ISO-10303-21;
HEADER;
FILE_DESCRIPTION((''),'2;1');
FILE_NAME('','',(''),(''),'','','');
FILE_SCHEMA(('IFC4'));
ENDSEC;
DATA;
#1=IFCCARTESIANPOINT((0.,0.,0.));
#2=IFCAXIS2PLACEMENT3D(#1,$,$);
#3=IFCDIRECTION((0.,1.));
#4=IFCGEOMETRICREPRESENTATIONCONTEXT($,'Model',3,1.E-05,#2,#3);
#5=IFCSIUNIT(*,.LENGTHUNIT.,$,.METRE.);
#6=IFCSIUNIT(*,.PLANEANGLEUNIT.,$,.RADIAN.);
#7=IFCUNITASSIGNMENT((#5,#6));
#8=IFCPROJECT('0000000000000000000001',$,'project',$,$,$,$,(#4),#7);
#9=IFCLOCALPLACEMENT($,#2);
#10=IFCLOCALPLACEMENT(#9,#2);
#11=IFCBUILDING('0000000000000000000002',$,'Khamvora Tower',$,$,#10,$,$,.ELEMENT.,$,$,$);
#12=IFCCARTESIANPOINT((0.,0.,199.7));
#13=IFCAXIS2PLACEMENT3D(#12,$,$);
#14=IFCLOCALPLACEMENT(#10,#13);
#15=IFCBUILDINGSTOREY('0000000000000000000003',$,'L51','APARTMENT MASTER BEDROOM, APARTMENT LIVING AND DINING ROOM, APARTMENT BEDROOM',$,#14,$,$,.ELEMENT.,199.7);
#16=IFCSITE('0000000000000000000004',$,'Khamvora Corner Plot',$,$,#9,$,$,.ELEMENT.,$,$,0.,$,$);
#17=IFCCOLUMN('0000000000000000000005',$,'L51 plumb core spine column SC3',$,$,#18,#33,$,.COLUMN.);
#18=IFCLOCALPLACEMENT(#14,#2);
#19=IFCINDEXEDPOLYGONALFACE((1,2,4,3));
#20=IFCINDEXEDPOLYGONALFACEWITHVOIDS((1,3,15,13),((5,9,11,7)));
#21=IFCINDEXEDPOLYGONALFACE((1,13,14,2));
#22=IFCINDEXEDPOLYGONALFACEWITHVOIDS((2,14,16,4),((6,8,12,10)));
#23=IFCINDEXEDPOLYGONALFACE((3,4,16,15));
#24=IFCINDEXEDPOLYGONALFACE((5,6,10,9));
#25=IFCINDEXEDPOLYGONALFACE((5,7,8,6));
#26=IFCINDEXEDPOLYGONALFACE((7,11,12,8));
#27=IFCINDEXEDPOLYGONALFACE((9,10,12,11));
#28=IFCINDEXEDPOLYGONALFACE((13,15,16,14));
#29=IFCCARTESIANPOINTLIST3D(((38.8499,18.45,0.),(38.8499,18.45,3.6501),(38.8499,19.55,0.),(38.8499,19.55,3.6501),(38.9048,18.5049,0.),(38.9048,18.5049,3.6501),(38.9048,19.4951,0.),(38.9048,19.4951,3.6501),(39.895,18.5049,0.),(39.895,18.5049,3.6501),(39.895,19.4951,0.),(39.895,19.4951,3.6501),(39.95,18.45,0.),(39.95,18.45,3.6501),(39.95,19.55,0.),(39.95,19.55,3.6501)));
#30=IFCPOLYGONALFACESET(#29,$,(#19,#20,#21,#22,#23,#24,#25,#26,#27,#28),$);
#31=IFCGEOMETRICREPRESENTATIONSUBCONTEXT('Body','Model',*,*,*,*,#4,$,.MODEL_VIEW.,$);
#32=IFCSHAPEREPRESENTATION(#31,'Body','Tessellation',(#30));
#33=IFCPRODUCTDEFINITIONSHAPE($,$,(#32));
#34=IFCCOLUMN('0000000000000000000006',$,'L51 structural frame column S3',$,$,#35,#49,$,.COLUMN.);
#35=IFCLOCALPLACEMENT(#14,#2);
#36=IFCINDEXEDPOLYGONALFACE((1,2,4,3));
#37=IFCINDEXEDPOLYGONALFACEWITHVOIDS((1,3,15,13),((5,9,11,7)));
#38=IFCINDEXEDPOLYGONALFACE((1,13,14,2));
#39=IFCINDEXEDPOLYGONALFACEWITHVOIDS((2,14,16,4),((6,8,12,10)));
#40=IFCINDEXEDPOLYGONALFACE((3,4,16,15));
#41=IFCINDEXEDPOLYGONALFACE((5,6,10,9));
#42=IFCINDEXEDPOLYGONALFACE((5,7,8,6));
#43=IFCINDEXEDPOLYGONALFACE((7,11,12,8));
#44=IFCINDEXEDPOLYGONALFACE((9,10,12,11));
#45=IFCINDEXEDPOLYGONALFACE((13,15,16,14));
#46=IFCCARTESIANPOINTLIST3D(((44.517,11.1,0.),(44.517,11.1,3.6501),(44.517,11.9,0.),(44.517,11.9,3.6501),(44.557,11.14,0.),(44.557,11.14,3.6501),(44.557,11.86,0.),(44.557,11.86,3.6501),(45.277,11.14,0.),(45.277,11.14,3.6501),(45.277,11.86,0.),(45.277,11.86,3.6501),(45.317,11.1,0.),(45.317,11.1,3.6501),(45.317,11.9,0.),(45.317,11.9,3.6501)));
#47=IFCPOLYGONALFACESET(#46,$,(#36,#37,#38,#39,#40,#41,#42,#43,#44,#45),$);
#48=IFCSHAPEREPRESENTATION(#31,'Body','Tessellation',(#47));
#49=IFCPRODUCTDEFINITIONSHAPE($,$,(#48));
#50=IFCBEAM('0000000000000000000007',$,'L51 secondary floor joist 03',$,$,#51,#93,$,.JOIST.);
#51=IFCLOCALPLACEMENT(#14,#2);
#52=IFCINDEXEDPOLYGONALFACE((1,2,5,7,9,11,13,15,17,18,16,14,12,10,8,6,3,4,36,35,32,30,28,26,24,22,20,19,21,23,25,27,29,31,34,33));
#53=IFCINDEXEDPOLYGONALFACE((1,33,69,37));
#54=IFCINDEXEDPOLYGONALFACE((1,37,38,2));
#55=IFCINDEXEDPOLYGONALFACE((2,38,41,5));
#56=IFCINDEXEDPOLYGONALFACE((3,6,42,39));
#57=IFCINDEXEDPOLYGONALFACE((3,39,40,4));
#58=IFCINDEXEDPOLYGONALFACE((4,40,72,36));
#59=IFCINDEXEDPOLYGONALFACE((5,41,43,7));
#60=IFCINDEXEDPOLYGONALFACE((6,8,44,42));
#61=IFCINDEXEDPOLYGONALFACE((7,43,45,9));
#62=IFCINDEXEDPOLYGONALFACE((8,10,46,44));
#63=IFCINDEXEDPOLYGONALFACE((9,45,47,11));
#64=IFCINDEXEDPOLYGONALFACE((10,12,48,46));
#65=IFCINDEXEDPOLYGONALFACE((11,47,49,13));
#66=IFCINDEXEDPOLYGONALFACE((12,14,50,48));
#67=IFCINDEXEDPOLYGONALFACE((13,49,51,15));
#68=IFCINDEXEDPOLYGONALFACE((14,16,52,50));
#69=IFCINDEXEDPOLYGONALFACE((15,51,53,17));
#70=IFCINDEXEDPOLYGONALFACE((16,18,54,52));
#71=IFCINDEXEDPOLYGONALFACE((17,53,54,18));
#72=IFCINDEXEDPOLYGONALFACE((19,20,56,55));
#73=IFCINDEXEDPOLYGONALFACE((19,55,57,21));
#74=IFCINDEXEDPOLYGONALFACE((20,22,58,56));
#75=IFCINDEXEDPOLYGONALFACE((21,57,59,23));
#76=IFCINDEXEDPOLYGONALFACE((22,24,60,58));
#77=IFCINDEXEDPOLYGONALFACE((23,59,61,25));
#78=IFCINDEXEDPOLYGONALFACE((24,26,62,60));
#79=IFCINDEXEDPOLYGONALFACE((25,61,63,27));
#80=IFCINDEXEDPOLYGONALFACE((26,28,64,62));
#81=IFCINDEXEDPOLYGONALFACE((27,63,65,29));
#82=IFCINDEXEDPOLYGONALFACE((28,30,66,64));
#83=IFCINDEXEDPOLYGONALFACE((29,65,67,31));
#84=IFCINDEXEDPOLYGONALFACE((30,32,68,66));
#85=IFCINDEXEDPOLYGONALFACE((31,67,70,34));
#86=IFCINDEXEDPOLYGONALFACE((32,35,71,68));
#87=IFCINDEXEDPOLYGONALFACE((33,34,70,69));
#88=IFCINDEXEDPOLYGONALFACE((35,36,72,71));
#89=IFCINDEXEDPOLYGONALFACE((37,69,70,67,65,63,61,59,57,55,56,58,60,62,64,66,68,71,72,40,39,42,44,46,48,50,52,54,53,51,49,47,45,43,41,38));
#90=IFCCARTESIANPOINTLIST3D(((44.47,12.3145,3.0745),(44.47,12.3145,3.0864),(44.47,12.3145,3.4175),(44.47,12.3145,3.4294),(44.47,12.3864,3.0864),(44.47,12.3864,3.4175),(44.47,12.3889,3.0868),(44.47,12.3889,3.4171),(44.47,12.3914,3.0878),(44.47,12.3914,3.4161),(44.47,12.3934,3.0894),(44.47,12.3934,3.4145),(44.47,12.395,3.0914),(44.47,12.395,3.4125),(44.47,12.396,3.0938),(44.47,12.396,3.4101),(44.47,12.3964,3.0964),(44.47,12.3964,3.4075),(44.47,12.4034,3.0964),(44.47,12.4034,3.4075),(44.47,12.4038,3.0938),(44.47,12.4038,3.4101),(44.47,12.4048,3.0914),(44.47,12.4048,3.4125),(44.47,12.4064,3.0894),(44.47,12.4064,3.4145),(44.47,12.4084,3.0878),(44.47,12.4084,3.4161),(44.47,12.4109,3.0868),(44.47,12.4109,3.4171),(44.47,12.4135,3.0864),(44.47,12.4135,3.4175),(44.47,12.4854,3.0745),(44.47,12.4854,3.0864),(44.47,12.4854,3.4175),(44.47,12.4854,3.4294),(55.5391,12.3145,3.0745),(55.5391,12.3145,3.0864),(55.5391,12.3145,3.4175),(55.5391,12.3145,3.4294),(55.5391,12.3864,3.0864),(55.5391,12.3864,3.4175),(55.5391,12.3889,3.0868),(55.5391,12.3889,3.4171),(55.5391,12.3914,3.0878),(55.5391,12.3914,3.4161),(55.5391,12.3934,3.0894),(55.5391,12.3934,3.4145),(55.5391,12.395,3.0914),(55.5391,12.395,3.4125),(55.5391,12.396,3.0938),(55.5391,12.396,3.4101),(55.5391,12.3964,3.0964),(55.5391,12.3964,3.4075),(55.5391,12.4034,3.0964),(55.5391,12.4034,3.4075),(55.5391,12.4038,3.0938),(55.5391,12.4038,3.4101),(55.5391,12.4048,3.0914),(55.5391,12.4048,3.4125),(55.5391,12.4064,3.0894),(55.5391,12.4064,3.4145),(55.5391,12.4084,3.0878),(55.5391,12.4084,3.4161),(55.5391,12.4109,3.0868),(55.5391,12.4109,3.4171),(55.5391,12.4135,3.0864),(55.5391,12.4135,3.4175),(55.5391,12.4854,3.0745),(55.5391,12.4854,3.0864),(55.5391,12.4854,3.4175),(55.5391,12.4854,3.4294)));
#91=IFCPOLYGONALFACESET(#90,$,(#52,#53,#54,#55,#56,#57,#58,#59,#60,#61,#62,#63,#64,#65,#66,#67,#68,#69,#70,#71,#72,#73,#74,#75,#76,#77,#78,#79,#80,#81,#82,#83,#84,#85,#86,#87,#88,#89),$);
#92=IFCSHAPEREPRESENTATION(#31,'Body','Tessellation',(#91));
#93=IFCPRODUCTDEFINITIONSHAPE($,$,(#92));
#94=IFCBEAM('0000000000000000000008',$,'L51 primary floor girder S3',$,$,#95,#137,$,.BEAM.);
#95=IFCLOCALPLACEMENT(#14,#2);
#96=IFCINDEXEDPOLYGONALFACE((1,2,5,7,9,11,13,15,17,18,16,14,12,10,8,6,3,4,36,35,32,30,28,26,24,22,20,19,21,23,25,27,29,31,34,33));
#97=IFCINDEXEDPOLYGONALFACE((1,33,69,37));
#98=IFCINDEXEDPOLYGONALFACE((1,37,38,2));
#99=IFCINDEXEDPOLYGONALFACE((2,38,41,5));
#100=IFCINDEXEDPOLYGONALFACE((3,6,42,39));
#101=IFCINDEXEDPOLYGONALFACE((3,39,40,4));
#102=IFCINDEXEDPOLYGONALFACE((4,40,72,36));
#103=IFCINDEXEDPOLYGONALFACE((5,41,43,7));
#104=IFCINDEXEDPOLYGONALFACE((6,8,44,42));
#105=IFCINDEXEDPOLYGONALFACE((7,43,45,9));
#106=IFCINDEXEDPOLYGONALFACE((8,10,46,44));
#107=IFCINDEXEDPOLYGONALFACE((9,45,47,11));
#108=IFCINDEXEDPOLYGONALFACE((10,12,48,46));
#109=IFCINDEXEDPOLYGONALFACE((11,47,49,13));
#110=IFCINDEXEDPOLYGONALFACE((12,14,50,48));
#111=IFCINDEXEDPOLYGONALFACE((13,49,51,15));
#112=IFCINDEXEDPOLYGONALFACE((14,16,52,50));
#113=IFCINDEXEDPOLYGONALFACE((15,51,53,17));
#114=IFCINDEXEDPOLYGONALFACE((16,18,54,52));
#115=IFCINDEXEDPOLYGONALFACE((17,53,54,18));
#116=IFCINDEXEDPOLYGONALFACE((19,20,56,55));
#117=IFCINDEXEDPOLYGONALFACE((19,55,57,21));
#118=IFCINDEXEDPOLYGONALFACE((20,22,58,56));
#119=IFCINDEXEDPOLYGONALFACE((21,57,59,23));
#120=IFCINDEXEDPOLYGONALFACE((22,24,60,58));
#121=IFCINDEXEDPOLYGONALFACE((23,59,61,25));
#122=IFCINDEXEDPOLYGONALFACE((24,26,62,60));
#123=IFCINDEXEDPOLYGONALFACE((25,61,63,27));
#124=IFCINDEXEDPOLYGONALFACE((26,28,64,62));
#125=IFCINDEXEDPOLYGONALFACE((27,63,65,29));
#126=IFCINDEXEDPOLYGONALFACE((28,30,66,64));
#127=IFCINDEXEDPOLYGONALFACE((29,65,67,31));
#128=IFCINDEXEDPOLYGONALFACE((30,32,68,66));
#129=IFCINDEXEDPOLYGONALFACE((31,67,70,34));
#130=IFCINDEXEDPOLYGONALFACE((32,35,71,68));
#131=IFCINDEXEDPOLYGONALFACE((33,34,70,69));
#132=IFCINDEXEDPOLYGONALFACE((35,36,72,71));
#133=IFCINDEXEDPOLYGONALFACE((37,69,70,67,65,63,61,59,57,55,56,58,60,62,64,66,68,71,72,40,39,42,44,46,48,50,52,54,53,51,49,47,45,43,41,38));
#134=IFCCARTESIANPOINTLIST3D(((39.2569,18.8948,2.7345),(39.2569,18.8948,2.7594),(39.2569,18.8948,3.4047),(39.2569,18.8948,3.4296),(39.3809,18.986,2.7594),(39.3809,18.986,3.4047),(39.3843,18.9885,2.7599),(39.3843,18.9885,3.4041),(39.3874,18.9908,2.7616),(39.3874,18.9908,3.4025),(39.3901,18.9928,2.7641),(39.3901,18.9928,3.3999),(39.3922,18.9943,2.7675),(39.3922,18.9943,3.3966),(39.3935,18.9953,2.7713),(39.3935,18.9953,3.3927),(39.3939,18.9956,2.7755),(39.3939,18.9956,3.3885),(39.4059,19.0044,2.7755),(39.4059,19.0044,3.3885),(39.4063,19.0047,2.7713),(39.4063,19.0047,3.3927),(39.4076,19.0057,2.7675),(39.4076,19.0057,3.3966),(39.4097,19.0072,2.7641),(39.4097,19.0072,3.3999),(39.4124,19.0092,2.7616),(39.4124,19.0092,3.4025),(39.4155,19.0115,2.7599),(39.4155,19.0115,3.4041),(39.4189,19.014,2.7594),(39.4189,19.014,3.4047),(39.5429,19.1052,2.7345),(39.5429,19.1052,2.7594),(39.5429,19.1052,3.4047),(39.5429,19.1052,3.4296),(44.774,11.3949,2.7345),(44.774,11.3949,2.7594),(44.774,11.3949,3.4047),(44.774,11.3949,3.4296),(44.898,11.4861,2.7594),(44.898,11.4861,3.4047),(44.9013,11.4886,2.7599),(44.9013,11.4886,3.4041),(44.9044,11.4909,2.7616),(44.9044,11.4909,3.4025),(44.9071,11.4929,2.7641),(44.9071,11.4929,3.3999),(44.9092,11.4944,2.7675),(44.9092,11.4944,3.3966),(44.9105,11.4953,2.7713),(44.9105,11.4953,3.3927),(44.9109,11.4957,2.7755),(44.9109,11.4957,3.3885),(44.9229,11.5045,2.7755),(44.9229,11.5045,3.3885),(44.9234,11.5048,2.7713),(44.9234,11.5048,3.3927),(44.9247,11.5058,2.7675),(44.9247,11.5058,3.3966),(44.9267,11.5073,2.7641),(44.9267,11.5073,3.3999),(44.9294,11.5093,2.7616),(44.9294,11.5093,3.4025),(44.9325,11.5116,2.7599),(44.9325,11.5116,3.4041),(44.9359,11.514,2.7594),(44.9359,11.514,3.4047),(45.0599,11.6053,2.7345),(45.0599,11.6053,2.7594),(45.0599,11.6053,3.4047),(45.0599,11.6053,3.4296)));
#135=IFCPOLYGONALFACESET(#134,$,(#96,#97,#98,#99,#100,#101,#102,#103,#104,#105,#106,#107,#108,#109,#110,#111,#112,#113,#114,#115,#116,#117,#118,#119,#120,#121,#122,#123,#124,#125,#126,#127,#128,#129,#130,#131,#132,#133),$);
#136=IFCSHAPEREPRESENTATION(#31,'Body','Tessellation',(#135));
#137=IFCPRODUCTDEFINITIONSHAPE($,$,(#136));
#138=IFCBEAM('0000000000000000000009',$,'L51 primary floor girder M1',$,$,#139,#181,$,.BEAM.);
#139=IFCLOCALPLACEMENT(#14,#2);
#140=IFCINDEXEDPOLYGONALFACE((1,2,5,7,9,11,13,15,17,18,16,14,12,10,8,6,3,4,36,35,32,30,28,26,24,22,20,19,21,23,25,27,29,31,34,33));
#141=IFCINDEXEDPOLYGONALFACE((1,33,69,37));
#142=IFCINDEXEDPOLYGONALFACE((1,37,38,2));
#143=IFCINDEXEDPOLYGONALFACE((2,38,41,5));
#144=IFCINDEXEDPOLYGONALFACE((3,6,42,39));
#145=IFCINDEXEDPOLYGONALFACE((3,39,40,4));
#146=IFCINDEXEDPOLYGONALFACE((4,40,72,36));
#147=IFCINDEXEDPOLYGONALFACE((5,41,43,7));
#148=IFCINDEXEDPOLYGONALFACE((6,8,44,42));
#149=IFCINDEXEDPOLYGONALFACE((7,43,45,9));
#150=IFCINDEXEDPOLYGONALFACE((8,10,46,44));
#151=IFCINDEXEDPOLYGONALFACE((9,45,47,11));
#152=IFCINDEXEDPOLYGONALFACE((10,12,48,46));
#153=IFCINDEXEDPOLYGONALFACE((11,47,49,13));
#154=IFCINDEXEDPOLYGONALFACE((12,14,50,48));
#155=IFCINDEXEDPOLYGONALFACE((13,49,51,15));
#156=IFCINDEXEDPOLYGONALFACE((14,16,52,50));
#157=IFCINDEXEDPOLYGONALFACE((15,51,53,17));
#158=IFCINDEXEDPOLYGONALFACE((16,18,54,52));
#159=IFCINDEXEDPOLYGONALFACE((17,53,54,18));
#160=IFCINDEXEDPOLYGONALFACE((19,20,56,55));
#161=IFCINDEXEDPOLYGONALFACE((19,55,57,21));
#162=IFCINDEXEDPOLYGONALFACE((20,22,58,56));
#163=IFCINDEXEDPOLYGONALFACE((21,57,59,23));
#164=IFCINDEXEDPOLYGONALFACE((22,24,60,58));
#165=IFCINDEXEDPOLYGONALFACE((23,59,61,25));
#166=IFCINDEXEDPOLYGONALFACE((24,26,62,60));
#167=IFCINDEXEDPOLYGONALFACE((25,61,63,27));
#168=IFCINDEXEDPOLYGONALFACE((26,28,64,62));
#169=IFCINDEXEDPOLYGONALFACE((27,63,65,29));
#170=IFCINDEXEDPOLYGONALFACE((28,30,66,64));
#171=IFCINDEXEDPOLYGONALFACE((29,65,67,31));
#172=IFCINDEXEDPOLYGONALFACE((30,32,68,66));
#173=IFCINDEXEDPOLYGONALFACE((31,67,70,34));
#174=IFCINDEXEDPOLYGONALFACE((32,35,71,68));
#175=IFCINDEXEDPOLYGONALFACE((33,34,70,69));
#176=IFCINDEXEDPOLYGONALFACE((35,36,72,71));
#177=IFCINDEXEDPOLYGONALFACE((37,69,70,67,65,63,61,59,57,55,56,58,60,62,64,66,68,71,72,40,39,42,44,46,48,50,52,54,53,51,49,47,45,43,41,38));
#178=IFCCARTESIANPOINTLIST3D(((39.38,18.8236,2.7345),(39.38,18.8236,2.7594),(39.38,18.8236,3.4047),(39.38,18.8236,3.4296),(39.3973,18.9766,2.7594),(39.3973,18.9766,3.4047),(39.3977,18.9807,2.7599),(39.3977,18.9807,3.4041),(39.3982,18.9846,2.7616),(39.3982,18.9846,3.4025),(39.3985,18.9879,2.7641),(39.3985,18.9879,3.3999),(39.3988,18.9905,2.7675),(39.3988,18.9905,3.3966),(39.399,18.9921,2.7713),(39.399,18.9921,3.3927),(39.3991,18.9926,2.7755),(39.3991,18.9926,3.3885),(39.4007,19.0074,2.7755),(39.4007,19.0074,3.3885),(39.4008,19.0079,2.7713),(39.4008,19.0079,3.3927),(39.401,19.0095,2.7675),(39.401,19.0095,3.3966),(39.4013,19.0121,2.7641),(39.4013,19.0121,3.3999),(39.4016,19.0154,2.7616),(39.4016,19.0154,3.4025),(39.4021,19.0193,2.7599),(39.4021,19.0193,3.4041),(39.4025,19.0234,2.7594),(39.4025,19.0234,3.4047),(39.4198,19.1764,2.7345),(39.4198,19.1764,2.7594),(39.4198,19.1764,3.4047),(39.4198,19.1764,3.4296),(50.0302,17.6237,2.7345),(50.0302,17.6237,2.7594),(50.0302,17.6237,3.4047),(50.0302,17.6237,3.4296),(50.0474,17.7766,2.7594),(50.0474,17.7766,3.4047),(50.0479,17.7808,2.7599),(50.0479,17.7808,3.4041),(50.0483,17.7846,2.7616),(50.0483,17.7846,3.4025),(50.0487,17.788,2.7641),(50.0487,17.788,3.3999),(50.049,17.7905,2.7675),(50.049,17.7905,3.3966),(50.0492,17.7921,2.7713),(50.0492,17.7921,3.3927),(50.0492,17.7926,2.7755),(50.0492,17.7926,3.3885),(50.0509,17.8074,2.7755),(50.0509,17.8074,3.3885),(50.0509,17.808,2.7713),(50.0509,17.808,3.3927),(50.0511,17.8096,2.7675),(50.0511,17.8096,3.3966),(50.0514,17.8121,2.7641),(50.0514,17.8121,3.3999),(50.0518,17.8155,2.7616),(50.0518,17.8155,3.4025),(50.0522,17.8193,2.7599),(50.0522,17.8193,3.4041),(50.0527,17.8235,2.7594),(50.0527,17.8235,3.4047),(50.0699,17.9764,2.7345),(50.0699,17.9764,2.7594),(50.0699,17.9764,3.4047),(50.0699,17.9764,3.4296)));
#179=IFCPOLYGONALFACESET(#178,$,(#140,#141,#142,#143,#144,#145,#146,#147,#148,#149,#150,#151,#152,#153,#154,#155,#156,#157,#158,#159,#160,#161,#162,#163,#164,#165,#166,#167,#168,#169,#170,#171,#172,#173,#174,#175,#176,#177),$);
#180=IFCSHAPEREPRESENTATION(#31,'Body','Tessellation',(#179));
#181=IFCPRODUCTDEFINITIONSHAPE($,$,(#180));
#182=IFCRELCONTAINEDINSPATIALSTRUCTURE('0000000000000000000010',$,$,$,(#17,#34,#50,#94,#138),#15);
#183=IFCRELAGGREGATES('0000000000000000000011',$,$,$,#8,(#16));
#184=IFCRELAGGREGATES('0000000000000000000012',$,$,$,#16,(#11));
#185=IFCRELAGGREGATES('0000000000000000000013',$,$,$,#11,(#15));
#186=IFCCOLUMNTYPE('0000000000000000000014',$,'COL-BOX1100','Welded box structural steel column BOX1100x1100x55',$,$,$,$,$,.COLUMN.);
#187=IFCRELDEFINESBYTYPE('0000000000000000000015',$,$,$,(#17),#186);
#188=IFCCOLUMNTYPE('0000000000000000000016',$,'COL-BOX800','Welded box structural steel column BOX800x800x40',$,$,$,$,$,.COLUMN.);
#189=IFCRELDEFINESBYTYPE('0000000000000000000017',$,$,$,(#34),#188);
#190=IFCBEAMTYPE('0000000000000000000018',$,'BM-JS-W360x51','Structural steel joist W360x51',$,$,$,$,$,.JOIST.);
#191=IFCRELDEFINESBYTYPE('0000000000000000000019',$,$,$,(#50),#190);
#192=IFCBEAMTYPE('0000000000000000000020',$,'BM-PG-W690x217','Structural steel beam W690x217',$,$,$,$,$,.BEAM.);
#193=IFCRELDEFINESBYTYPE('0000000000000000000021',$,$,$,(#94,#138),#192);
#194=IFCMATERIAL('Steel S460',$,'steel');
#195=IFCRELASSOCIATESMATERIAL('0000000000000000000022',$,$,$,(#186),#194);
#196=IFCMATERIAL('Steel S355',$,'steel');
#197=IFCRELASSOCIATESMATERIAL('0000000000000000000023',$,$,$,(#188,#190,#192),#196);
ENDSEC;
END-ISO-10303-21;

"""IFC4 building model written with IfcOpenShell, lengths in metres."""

from ifc_helpers import new_model, si_unit, direction, frame, origin, origin_2d, place, context, subcontext, project, spatial, hollow_rectangle, i_section, extrude, material, material_profile, profile_set, type_object, element, save


model = new_model("IFC4")

# Units and contexts
model_context = context("Model", 3, precision=1e-05, world=origin(), true_north=direction((0.0, 1.0)))
body_context = subcontext(model_context, "Body", "Model", "MODEL_VIEW")
ifc_project = project(units=[si_unit("LENGTHUNIT", "METRE"), si_unit("PLANEANGLEUNIT", "RADIAN")], contexts=[model_context])

# Site, building, storey
site_placement = place(None, origin())
site = spatial("IfcSite", under=ifc_project, at=site_placement, Name="Khamvora Corner Plot", CompositionType="ELEMENT", RefElevation=0.0)
building_placement = place(site_placement, origin())
building = spatial("IfcBuilding", under=site, at=building_placement, Name="Khamvora Tower", CompositionType="ELEMENT")
storey_placement = place(building_placement, frame((0.0, 0.0, 199.7)))
storey = spatial("IfcBuildingStorey", under=building, at=storey_placement, Name="L51", Description="APARTMENT MASTER BEDROOM, APARTMENT LIVING AND DINING ROOM, APARTMENT BEDROOM", CompositionType="ELEMENT", Elevation=199.7)

# Columns
ifc_material_1 = material(Name="Steel S460", Category="steel")
ifc_material_profile_1 = material_profile(ifc_material_1, hollow_rectangle(XDim=1.1001, YDim=1.1001, WallThickness=0.0549, at=origin_2d()), Name="BOX1100x1100x55")
ifc_profile_set_1 = profile_set([ifc_material_profile_1], Name="Steel S460")
column_type_1 = type_object("IfcColumnType", Name="COL-BOX1100", Description="Welded box structural steel column BOX1100x1100x55", PredefinedType="COLUMN", material=ifc_profile_set_1)
column_1_placement = place(storey_placement, frame((39.3999, 19.0, 0.0), z_axis=(0.0, 0.0, 1.0), x_axis=(1.0, 0.0, 0.0)))
element("IfcColumn", 1, at=column_1_placement, inside=storey, type_object=column_type_1, Name="L51 plumb core spine column SC3", PredefinedType="COLUMN", context=body_context, shape_type="SweptSolid", body=[
    extrude(hollow_rectangle(XDim=1.1001, YDim=1.1001, WallThickness=0.0549, at=origin_2d()), origin(), (0.0, 0.0, 1.0), 3.6501),
])
ifc_material_2 = material(Name="Steel S355", Category="steel")
ifc_material_profile_2 = material_profile(ifc_material_2, hollow_rectangle(XDim=0.8, YDim=0.8, WallThickness=0.04, at=origin_2d()), Name="BOX800x800x40")
ifc_profile_set_2 = profile_set([ifc_material_profile_2], Name="Steel S355")
column_type_2 = type_object("IfcColumnType", Name="COL-BOX800", Description="Welded box structural steel column BOX800x800x40", PredefinedType="COLUMN", material=ifc_profile_set_2)
column_2_placement = place(storey_placement, frame((44.917, 11.5, 0.0), z_axis=(0.0, 0.0, 1.0), x_axis=(1.0, 0.0, 0.0)))
element("IfcColumn", 2, at=column_2_placement, inside=storey, type_object=column_type_2, Name="L51 structural frame column S3", PredefinedType="COLUMN", context=body_context, shape_type="SweptSolid", body=[
    extrude(hollow_rectangle(XDim=0.8, YDim=0.8, WallThickness=0.04, at=origin_2d()), origin(), (0.0, 0.0, 1.0), 3.6501),
])

# Beams
ifc_material_profile_3 = material_profile(ifc_material_2, i_section(OverallWidth=0.1709, OverallDepth=0.355, WebThickness=0.0071, FlangeThickness=0.012, FilletRadius=0.01, at=origin_2d()), Name="W360x51")
ifc_profile_set_3 = profile_set([ifc_material_profile_3], Name="Steel S355")
beam_type_1 = type_object("IfcBeamType", Name="BM-JS-W360x51", Description="Structural steel joist W360x51", PredefinedType="JOIST", material=ifc_profile_set_3)
beam_1_placement = place(storey_placement, frame((44.47, 12.3999, 3.252), z_axis=(1.0, 0.0, 0.0), x_axis=(0.0, 1.0, 0.0)))
element("IfcBeam", 3, at=beam_1_placement, inside=storey, type_object=beam_type_1, Name="L51 secondary floor joist 03", PredefinedType="JOIST", context=body_context, shape_type="SweptSolid", body=[
    extrude(i_section(OverallWidth=0.1709, OverallDepth=0.355, WebThickness=0.0071, FlangeThickness=0.012, FilletRadius=0.01, at=origin_2d()), origin(), (0.0, 0.0, 1.0), 11.0691),
])
ifc_material_profile_4 = material_profile(ifc_material_2, i_section(OverallWidth=0.355, OverallDepth=0.6951, WebThickness=0.0149, FlangeThickness=0.0249, FilletRadius=0.0161, at=origin_2d()), Name="W690x217")
ifc_profile_set_4 = profile_set([ifc_material_profile_4], Name="Steel S355")
beam_type_2 = type_object("IfcBeamType", Name="BM-PG-W690x217", Description="Structural steel beam W690x217", PredefinedType="BEAM", material=ifc_profile_set_4)
beam_2_placement = place(storey_placement, frame((39.3999, 19.0, 3.082), z_axis=(0.592557, -0.805529, 0.0), x_axis=(0.805529, 0.592557, 0.0)))
element("IfcBeam", 4, at=beam_2_placement, inside=storey, type_object=beam_type_2, Name="L51 primary floor girder S3", PredefinedType="BEAM", context=body_context, shape_type="SweptSolid", body=[
    extrude(i_section(OverallWidth=0.355, OverallDepth=0.6951, WebThickness=0.0149, FlangeThickness=0.0249, FilletRadius=0.0161, at=origin_2d()), origin(), (0.0, 0.0, 1.0), 9.3105),
])
beam_3_placement = place(storey_placement, frame((39.3999, 19.0, 3.082), z_axis=(0.993713, -0.111962, 0.0), x_axis=(0.111962, 0.993713, 0.0)))
element("IfcBeam", 5, at=beam_3_placement, inside=storey, type_object=beam_type_2, Name="L51 primary floor girder M1", PredefinedType="BEAM", context=body_context, shape_type="SweptSolid", body=[
    extrude(i_section(OverallWidth=0.355, OverallDepth=0.6951, WebThickness=0.0149, FlangeThickness=0.0249, FilletRadius=0.0161, at=origin_2d()), origin(), (0.0, 0.0, 1.0), 10.7175),
])

save(model, "model.ifc")
